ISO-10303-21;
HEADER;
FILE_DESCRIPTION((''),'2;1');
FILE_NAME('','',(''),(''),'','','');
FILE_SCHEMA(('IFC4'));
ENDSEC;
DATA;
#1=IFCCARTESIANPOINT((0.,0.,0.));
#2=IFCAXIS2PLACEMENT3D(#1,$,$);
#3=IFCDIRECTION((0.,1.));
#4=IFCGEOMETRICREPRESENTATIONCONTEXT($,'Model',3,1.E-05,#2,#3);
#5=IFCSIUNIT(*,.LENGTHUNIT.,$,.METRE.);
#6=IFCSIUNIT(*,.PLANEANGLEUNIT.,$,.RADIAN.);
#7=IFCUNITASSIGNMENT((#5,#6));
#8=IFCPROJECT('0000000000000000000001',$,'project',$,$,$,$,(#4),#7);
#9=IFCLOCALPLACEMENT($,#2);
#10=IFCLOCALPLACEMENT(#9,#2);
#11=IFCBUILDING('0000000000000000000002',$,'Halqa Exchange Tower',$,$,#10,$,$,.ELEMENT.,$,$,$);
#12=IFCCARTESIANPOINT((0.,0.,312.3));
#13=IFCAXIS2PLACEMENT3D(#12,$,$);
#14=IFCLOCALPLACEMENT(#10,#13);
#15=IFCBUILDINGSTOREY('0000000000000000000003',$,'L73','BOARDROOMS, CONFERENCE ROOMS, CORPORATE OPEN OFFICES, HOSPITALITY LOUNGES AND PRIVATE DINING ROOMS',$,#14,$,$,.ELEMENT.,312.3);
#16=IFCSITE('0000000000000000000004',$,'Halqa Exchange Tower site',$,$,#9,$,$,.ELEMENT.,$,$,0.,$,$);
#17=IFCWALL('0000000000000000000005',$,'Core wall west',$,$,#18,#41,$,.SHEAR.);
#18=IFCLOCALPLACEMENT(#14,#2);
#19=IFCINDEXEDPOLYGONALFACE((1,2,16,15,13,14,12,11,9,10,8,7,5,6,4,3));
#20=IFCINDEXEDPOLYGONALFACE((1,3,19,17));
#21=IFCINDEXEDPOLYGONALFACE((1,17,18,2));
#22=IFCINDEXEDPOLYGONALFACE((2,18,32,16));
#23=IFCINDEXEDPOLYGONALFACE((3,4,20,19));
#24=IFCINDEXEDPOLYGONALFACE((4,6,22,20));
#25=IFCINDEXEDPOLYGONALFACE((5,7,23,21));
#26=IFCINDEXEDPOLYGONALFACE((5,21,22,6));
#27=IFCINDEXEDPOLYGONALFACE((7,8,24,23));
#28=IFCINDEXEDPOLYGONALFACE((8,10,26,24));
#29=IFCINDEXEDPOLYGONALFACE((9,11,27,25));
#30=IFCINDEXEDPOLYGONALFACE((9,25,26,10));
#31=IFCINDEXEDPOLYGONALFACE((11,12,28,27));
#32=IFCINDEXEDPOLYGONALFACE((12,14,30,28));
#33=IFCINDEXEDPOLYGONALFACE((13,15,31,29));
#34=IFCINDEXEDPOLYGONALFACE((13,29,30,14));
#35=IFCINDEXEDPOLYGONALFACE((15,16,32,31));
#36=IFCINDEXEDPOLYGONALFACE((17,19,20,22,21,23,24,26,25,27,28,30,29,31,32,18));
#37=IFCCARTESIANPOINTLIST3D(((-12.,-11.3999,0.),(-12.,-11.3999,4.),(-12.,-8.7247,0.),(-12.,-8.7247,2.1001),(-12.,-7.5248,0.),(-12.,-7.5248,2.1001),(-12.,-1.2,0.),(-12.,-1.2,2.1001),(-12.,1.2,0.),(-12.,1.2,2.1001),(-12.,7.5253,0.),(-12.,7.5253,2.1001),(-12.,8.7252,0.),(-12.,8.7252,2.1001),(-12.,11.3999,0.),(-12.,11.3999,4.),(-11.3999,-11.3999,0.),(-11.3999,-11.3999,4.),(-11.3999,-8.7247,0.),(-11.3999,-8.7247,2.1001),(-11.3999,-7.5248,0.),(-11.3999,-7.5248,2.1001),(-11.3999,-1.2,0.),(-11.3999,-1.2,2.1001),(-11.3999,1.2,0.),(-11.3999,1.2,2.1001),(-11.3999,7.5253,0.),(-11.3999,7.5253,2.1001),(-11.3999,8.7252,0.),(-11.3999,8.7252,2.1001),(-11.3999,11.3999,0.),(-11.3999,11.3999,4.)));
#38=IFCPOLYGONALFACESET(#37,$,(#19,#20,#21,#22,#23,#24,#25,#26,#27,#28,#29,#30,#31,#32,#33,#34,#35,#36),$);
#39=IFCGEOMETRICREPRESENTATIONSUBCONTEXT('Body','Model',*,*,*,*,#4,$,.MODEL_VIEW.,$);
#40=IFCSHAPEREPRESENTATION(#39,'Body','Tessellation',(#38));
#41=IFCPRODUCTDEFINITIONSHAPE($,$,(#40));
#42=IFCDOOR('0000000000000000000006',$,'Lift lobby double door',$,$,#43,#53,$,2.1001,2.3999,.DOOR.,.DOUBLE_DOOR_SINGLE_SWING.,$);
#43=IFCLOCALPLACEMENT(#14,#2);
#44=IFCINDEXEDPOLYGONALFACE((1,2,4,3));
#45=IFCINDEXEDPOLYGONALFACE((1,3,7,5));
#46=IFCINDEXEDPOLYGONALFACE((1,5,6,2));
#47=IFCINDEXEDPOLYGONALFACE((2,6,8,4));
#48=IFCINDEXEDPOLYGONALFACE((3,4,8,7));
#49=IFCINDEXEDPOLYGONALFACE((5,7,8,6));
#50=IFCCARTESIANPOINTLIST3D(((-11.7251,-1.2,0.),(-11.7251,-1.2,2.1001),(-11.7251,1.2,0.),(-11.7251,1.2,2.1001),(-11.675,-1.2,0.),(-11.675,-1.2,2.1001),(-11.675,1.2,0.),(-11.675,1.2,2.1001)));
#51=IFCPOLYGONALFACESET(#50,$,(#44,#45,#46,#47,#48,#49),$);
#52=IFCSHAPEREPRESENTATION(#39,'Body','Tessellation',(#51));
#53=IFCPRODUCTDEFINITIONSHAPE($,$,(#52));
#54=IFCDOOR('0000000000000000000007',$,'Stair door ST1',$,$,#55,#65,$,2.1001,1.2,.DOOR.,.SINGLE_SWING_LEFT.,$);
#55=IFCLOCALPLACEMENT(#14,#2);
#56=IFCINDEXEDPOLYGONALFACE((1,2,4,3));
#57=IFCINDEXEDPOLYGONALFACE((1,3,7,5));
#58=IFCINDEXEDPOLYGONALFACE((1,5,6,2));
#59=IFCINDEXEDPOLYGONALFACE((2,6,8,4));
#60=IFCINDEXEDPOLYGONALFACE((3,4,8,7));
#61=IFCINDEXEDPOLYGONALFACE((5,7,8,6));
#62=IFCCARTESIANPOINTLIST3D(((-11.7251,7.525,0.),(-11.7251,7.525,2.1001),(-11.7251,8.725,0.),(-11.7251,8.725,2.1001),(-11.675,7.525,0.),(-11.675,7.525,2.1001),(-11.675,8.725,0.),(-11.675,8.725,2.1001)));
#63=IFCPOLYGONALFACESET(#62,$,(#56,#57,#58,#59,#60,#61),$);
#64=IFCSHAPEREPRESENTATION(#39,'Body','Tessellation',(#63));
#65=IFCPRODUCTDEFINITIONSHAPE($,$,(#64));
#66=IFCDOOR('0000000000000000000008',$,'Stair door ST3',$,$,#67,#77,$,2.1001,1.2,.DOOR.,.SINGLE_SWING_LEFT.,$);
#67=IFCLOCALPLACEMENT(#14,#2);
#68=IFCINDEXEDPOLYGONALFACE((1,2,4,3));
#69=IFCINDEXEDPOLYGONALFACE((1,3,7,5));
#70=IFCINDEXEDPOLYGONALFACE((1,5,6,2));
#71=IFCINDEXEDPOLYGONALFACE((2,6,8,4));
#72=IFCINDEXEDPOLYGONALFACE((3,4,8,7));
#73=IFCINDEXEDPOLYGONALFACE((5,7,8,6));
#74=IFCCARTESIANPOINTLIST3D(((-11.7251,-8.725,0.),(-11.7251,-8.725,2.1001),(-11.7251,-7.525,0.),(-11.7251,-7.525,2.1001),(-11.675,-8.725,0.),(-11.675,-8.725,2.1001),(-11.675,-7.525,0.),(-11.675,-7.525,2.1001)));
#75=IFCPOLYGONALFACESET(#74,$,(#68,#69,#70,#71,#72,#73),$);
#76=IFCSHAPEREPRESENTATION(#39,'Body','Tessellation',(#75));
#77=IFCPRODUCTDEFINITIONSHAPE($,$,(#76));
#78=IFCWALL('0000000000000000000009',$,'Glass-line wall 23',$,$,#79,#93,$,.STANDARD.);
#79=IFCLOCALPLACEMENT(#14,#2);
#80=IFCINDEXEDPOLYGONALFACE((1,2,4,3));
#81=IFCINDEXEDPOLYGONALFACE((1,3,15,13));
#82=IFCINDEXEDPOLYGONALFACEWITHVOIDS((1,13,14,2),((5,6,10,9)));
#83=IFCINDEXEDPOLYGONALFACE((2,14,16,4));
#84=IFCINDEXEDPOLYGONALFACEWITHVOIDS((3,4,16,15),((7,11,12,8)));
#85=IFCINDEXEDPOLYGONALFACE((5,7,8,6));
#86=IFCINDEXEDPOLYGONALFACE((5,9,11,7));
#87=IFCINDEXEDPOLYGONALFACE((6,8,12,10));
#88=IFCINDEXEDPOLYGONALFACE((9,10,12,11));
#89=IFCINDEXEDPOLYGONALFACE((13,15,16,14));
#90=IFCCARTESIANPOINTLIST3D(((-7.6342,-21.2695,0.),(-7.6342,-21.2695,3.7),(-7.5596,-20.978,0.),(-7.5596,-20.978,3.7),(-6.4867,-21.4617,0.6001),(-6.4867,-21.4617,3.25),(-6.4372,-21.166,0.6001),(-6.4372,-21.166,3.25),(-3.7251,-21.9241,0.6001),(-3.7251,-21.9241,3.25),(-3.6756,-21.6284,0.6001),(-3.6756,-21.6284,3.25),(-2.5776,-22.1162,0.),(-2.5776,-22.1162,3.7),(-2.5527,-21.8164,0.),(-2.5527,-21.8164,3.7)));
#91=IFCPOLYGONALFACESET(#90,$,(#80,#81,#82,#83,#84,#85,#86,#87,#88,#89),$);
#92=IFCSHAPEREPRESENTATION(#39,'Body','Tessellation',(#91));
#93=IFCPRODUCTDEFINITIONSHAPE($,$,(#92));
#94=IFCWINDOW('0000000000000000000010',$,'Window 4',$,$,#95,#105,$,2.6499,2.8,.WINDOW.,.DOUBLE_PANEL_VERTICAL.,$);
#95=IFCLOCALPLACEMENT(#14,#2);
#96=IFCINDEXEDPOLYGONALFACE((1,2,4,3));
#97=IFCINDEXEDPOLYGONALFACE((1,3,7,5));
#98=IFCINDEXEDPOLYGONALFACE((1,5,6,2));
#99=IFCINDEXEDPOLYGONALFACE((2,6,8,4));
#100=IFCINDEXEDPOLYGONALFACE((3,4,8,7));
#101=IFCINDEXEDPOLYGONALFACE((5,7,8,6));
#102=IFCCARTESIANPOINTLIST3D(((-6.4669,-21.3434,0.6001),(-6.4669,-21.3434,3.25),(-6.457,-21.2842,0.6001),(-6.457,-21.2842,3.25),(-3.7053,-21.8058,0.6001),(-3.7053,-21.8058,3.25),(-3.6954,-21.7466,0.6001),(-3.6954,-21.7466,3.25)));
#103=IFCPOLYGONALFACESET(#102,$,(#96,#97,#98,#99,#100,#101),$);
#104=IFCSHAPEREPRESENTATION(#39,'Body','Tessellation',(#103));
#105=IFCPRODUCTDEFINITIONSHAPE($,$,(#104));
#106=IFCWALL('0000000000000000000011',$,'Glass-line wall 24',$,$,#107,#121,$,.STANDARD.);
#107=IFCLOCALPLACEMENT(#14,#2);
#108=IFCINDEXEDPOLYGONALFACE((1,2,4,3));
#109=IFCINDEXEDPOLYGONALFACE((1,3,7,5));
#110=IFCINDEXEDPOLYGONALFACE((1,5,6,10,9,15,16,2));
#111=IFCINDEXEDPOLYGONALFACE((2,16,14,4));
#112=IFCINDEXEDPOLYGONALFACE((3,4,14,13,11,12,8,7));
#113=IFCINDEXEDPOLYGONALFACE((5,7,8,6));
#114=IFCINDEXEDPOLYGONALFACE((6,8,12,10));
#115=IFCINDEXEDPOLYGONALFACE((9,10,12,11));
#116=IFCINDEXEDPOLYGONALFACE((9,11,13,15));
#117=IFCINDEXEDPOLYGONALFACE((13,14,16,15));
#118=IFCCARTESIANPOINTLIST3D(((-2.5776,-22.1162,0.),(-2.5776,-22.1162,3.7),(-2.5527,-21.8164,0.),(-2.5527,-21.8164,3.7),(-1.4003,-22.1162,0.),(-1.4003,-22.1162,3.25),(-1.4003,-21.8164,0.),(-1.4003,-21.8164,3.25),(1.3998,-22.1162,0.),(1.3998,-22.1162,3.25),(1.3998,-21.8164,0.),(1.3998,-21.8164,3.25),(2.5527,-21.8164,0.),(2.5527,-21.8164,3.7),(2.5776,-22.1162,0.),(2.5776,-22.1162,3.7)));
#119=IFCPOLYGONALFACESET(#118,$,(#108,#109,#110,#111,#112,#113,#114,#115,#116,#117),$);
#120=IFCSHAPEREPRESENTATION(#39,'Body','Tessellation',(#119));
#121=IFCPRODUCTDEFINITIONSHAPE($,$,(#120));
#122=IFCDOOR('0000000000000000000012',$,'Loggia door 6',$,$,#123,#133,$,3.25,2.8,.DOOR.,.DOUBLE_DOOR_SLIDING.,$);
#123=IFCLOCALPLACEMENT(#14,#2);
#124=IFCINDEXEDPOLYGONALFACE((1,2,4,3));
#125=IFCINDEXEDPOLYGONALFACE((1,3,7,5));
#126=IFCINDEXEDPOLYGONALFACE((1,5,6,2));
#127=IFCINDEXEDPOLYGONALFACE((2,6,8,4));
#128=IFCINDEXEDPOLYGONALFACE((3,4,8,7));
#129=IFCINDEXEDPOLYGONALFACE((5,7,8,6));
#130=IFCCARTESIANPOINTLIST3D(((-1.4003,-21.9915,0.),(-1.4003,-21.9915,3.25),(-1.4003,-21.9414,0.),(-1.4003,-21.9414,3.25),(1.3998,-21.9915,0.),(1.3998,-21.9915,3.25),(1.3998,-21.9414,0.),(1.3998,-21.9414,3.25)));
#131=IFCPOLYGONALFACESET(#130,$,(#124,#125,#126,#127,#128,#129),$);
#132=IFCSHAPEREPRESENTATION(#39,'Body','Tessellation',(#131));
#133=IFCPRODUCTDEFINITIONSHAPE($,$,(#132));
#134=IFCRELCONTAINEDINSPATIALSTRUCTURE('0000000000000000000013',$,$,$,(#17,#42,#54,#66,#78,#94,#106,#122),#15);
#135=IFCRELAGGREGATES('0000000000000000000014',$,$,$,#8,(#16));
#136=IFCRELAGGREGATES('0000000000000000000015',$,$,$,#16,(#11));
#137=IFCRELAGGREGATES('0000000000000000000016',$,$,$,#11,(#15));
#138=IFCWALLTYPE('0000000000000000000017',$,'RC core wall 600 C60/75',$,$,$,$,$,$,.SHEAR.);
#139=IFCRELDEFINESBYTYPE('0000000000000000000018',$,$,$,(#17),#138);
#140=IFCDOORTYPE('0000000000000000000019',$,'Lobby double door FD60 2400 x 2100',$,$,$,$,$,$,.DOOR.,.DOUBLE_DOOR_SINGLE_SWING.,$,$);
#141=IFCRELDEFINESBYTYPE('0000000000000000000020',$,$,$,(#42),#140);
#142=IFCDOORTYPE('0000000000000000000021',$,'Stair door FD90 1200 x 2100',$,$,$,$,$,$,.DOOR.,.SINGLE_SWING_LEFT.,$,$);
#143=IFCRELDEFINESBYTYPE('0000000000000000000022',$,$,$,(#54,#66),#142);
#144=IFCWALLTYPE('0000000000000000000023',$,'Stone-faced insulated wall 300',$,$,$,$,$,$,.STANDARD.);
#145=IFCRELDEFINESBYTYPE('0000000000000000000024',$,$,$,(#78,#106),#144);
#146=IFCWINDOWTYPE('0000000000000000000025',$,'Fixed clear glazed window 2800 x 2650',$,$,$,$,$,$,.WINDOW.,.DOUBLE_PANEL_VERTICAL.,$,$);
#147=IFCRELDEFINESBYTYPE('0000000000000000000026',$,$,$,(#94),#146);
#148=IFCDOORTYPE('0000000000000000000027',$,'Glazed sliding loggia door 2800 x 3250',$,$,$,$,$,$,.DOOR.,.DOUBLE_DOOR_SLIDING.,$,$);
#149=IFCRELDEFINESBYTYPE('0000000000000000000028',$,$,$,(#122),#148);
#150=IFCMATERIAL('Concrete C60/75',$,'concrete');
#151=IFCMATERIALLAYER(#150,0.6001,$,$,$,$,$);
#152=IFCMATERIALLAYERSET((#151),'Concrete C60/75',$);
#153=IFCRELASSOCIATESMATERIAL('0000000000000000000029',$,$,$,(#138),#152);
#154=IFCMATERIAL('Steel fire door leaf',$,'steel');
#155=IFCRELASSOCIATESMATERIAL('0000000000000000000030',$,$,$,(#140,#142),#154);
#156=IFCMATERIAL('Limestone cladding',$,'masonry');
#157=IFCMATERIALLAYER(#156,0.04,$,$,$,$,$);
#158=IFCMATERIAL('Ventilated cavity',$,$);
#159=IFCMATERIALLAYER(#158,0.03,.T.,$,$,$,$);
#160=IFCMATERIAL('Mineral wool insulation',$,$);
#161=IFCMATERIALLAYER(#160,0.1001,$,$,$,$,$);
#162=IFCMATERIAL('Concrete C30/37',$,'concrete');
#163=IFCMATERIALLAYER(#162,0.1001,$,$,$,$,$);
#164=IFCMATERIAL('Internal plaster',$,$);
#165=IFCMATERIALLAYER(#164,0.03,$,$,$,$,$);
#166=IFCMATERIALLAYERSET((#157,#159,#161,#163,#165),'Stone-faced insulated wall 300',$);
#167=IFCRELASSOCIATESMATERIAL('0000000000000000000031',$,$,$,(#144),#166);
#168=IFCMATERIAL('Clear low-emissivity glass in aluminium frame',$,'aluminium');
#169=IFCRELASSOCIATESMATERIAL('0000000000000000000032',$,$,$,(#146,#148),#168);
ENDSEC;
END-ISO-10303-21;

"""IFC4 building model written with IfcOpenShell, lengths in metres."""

from ifc_helpers import new_model, si_unit, direction, frame, frame_2d, origin, place, context, subcontext, project, spatial, polyline, rectangle, outline, extrude, material, layer, layer_set, type_object, element, fill, save


model = new_model("IFC4")

# Units and contexts
model_context = context("Model", 3, precision=1e-05, world=origin(), true_north=direction((0.0, 1.0)))
body_context = subcontext(model_context, "Body", "Model", "MODEL_VIEW")
ifc_project = project(units=[si_unit("LENGTHUNIT", "METRE"), si_unit("PLANEANGLEUNIT", "RADIAN")], contexts=[model_context])

# Site, building, storey
site_placement = place(None, origin())
site = spatial("IfcSite", under=ifc_project, at=site_placement, Name="Halqa Exchange Tower site", CompositionType="ELEMENT", RefElevation=0.0)
building_placement = place(site_placement, origin())
building = spatial("IfcBuilding", under=site, at=building_placement, Name="Halqa Exchange Tower", CompositionType="ELEMENT")
storey_placement = place(building_placement, frame((0.0, 0.0, 312.3)))
storey = spatial("IfcBuildingStorey", under=building, at=storey_placement, Name="L73", Description="BOARDROOMS, CONFERENCE ROOMS, CORPORATE OPEN OFFICES, HOSPITALITY LOUNGES AND PRIVATE DINING ROOMS", CompositionType="ELEMENT", Elevation=312.3)

# Shared definitions
ifc_material_1 = material(Name="Concrete C60/75", Category="concrete")

# Wall, openings, doors
ifc_layer_1 = layer(ifc_material_1, 0.6001)
ifc_layer_set_1 = layer_set([ifc_layer_1], Name="Concrete C60/75")
wall_type_1 = type_object("IfcWallType", Name="RC core wall 600 C60/75", PredefinedType="SHEAR", material=ifc_layer_set_1)
wall_1_placement = place(storey_placement, frame((-11.7, -11.3999, 0.0), z_axis=(0.0, 0.0, 1.0), x_axis=(0.0, 1.0, 0.0)))
wall_1 = element("IfcWall", 1, at=wall_1_placement, inside=storey, type_object=wall_type_1, Name="Core wall west", PredefinedType="SHEAR", context=body_context, shape_type="SweptSolid", body=[
    extrude(rectangle(XDim=22.7998, YDim=0.6001, at=frame_2d((11.3999, 0.0))), origin(), (0.0, 0.0, 1.0), 4.0),
])
opening_1_placement = place(wall_1_placement, frame((10.2, 0.0, 0.0)))
opening_1 = element("IfcOpeningElement", 2, at=opening_1_placement, cuts=wall_1, PredefinedType="OPENING", context=body_context, shape_type="SweptSolid", body=[
    extrude(rectangle(XDim=2.3999, YDim=2.1001, at=frame_2d((1.2, 1.05))), frame((0.0, 0.312, 0.0), z_axis=(0.0, -1.0, 0.0), x_axis=(1.0, 0.0, 0.0)), (0.0, 0.0, 1.0), 0.624),
])
opening_2_placement = place(wall_1_placement, frame((18.925, 0.0, 0.0)))
opening_2 = element("IfcOpeningElement", 3, at=opening_2_placement, cuts=wall_1, PredefinedType="OPENING", context=body_context, shape_type="SweptSolid", body=[
    extrude(rectangle(XDim=1.2, YDim=2.1001, at=frame_2d((0.6001, 1.05))), frame((0.0, 0.312, 0.0), z_axis=(0.0, -1.0, 0.0), x_axis=(1.0, 0.0, 0.0)), (0.0, 0.0, 1.0), 0.624),
])
opening_3_placement = place(wall_1_placement, frame((2.675, 0.0, 0.0)))
opening_3 = element("IfcOpeningElement", 4, at=opening_3_placement, cuts=wall_1, PredefinedType="OPENING", context=body_context, shape_type="SweptSolid", body=[
    extrude(rectangle(XDim=1.2, YDim=2.1001, at=frame_2d((0.6001, 1.05))), frame((0.0, 0.312, 0.0), z_axis=(0.0, -1.0, 0.0), x_axis=(1.0, 0.0, 0.0)), (0.0, 0.0, 1.0), 0.624),
])
ifc_material_2 = material(Name="Steel fire door leaf", Category="steel")
door_type_1 = type_object("IfcDoorType", Name="Lobby double door FD60 2400 x 2100", OperationType="DOUBLE_DOOR_SINGLE_SWING", PredefinedType="DOOR", material=ifc_material_2)
door_1_placement = place(opening_1_placement, frame((2.3999, 0.0, 0.0), z_axis=(0.0, 0.0, 1.0), x_axis=(-1.0, 0.0, 0.0)))
door_1 = element("IfcDoor", 5, at=door_1_placement, inside=storey, type_object=door_type_1, Name="Lift lobby double door", OperationType="DOUBLE_DOOR_SINGLE_SWING", OverallHeight=2.1001, OverallWidth=2.3999, PredefinedType="DOOR", context=body_context, shape_type="SweptSolid", body=[
    extrude(rectangle(XDim=2.3999, YDim=2.1001, at=frame_2d((1.2, 1.05))), frame((0.0, 0.0249, 0.0), z_axis=(0.0, -1.0, 0.0), x_axis=(1.0, 0.0, 0.0)), (0.0, 0.0, 1.0), 0.05),
])
fill(opening_1, door_1)
door_type_2 = type_object("IfcDoorType", Name="Stair door FD90 1200 x 2100", OperationType="SINGLE_SWING_LEFT", PredefinedType="DOOR", material=ifc_material_2)
door_2_placement = place(opening_2_placement, frame((1.2, 0.0, 0.0), z_axis=(0.0, 0.0, 1.0), x_axis=(-1.0, 0.0, 0.0)))
door_2 = element("IfcDoor", 6, at=door_2_placement, inside=storey, type_object=door_type_2, Name="Stair door ST1", OperationType="SINGLE_SWING_LEFT", OverallHeight=2.1001, OverallWidth=1.2, PredefinedType="DOOR", context=body_context, shape_type="SweptSolid", body=[
    extrude(rectangle(XDim=1.2, YDim=2.1001, at=frame_2d((0.6001, 1.05))), frame((0.0, 0.0249, 0.0), z_axis=(0.0, -1.0, 0.0), x_axis=(1.0, 0.0, 0.0)), (0.0, 0.0, 1.0), 0.05),
])
fill(opening_2, door_2)
door_3_placement = place(opening_3_placement, frame((1.2, 0.0, 0.0), z_axis=(0.0, 0.0, 1.0), x_axis=(-1.0, 0.0, 0.0)))
door_3 = element("IfcDoor", 7, at=door_3_placement, inside=storey, type_object=door_type_2, Name="Stair door ST3", OperationType="SINGLE_SWING_LEFT", OverallHeight=2.1001, OverallWidth=1.2, PredefinedType="DOOR", context=body_context, shape_type="SweptSolid", body=[
    extrude(rectangle(XDim=1.2, YDim=2.1001, at=frame_2d((0.6001, 1.05))), frame((0.0, 0.0249, 0.0), z_axis=(0.0, -1.0, 0.0), x_axis=(1.0, 0.0, 0.0)), (0.0, 0.0, 1.0), 0.05),
])
fill(opening_3, door_3)

# Wall, opening, window
ifc_material_3 = material(Name="Limestone cladding", Category="masonry")
ifc_layer_2 = layer(ifc_material_3, 0.04)
ifc_material_4 = material(Name="Ventilated cavity")
ifc_layer_3 = layer(ifc_material_4, 0.03, ventilated=True)
ifc_material_5 = material(Name="Mineral wool insulation")
ifc_layer_4 = layer(ifc_material_5, 0.1001)
ifc_material_6 = material(Name="Concrete C30/37", Category="concrete")
ifc_layer_5 = layer(ifc_material_6, 0.1001)
ifc_material_7 = material(Name="Internal plaster")
ifc_layer_6 = layer(ifc_material_7, 0.03)
ifc_layer_set_2 = layer_set([ifc_layer_2, ifc_layer_3, ifc_layer_4, ifc_layer_5, ifc_layer_6], Name="Stone-faced insulated wall 300")
wall_type_2 = type_object("IfcWallType", Name="Stone-faced insulated wall 300", PredefinedType="STANDARD", material=ifc_layer_set_2)
wall_2_placement = place(storey_placement, frame((-7.5969, -21.1238, 0.0), z_axis=(0.0, 0.0, 1.0), x_axis=(0.986269, -0.165144, 0.0)))
wall_2 = element("IfcWall", 8, at=wall_2_placement, inside=storey, type_object=wall_type_2, Name="Glass-line wall 23", PredefinedType="STANDARD", context=body_context, shape_type="SweptSolid", body=[
    extrude(outline(polyline([(-0.0127, -0.1499), (5.1143, -0.1499), (5.0894, 0.1499), (0.0127, 0.1499), (-0.0127, -0.1499)])), origin(), (0.0, 0.0, 1.0), 3.7),
])
opening_4_placement = place(wall_2_placement, frame((1.1509, 0.0, 0.6001)))
opening_4 = element("IfcOpeningElement", 9, at=opening_4_placement, cuts=wall_2, PredefinedType="OPENING", context=body_context, shape_type="SweptSolid", body=[
    extrude(rectangle(XDim=2.8, YDim=2.6499, at=frame_2d((1.3999, 1.325))), frame((0.0, 0.1621, 0.0), z_axis=(0.0, -1.0, 0.0), x_axis=(1.0, 0.0, 0.0)), (0.0, 0.0, 1.0), 0.324),
])
ifc_material_8 = material(Name="Clear low-emissivity glass in aluminium frame", Category="aluminium")
window_type = type_object("IfcWindowType", Name="Fixed clear glazed window 2800 x 2650", PartitioningType="DOUBLE_PANEL_VERTICAL", PredefinedType="WINDOW", material=ifc_material_8)
window_placement = place(opening_4_placement, origin())
window = element("IfcWindow", 10, at=window_placement, inside=storey, type_object=window_type, Name="Window 4", OverallHeight=2.6499, OverallWidth=2.8, PartitioningType="DOUBLE_PANEL_VERTICAL", PredefinedType="WINDOW", context=body_context, shape_type="SweptSolid", body=[
    extrude(rectangle(XDim=2.8, YDim=2.6499, at=frame_2d((1.3999, 1.325))), frame((0.0, 0.03, 0.0), z_axis=(0.0, -1.0, 0.0), x_axis=(1.0, 0.0, 0.0)), (0.0, 0.0, 1.0), 0.0601),
])
fill(opening_4, window)

# Wall, opening, door
wall_3_placement = place(storey_placement, frame((-2.5652, -21.9663, 0.0), z_axis=(0.0, 0.0, 1.0), x_axis=(1.0, 0.0, 0.0)))
wall_3 = element("IfcWall", 11, at=wall_3_placement, inside=storey, type_object=wall_type_2, Name="Glass-line wall 24", PredefinedType="STANDARD", context=body_context, shape_type="SweptSolid", body=[
    extrude(outline(polyline([(-0.0125, -0.1499), (5.1428, -0.1499), (5.1179, 0.1499), (0.0125, 0.1499), (-0.0125, -0.1499)])), origin(), (0.0, 0.0, 1.0), 3.7),
])
opening_5_placement = place(wall_3_placement, frame((1.165, 0.0, 0.0)))
opening_5 = element("IfcOpeningElement", 12, at=opening_5_placement, cuts=wall_3, PredefinedType="OPENING", context=body_context, shape_type="SweptSolid", body=[
    extrude(rectangle(XDim=2.8, YDim=3.25, at=frame_2d((1.3999, 1.625))), frame((0.0, 0.1621, 0.0), z_axis=(0.0, -1.0, 0.0), x_axis=(1.0, 0.0, 0.0)), (0.0, 0.0, 1.0), 0.324),
])
door_type_3 = type_object("IfcDoorType", Name="Glazed sliding loggia door 2800 x 3250", OperationType="DOUBLE_DOOR_SLIDING", PredefinedType="DOOR", material=ifc_material_8)
door_4_placement = place(opening_5_placement, origin())
door_4 = element("IfcDoor", 13, at=door_4_placement, inside=storey, type_object=door_type_3, Name="Loggia door 6", OperationType="DOUBLE_DOOR_SLIDING", OverallHeight=3.25, OverallWidth=2.8, PredefinedType="DOOR", context=body_context, shape_type="SweptSolid", body=[
    extrude(rectangle(XDim=2.8, YDim=3.25, at=frame_2d((1.3999, 1.625))), frame((0.0, 0.0249, 0.0), z_axis=(0.0, -1.0, 0.0), x_axis=(1.0, 0.0, 0.0)), (0.0, 0.0, 1.0), 0.05),
])
fill(opening_5, door_4)

save(model, "model.ifc")
